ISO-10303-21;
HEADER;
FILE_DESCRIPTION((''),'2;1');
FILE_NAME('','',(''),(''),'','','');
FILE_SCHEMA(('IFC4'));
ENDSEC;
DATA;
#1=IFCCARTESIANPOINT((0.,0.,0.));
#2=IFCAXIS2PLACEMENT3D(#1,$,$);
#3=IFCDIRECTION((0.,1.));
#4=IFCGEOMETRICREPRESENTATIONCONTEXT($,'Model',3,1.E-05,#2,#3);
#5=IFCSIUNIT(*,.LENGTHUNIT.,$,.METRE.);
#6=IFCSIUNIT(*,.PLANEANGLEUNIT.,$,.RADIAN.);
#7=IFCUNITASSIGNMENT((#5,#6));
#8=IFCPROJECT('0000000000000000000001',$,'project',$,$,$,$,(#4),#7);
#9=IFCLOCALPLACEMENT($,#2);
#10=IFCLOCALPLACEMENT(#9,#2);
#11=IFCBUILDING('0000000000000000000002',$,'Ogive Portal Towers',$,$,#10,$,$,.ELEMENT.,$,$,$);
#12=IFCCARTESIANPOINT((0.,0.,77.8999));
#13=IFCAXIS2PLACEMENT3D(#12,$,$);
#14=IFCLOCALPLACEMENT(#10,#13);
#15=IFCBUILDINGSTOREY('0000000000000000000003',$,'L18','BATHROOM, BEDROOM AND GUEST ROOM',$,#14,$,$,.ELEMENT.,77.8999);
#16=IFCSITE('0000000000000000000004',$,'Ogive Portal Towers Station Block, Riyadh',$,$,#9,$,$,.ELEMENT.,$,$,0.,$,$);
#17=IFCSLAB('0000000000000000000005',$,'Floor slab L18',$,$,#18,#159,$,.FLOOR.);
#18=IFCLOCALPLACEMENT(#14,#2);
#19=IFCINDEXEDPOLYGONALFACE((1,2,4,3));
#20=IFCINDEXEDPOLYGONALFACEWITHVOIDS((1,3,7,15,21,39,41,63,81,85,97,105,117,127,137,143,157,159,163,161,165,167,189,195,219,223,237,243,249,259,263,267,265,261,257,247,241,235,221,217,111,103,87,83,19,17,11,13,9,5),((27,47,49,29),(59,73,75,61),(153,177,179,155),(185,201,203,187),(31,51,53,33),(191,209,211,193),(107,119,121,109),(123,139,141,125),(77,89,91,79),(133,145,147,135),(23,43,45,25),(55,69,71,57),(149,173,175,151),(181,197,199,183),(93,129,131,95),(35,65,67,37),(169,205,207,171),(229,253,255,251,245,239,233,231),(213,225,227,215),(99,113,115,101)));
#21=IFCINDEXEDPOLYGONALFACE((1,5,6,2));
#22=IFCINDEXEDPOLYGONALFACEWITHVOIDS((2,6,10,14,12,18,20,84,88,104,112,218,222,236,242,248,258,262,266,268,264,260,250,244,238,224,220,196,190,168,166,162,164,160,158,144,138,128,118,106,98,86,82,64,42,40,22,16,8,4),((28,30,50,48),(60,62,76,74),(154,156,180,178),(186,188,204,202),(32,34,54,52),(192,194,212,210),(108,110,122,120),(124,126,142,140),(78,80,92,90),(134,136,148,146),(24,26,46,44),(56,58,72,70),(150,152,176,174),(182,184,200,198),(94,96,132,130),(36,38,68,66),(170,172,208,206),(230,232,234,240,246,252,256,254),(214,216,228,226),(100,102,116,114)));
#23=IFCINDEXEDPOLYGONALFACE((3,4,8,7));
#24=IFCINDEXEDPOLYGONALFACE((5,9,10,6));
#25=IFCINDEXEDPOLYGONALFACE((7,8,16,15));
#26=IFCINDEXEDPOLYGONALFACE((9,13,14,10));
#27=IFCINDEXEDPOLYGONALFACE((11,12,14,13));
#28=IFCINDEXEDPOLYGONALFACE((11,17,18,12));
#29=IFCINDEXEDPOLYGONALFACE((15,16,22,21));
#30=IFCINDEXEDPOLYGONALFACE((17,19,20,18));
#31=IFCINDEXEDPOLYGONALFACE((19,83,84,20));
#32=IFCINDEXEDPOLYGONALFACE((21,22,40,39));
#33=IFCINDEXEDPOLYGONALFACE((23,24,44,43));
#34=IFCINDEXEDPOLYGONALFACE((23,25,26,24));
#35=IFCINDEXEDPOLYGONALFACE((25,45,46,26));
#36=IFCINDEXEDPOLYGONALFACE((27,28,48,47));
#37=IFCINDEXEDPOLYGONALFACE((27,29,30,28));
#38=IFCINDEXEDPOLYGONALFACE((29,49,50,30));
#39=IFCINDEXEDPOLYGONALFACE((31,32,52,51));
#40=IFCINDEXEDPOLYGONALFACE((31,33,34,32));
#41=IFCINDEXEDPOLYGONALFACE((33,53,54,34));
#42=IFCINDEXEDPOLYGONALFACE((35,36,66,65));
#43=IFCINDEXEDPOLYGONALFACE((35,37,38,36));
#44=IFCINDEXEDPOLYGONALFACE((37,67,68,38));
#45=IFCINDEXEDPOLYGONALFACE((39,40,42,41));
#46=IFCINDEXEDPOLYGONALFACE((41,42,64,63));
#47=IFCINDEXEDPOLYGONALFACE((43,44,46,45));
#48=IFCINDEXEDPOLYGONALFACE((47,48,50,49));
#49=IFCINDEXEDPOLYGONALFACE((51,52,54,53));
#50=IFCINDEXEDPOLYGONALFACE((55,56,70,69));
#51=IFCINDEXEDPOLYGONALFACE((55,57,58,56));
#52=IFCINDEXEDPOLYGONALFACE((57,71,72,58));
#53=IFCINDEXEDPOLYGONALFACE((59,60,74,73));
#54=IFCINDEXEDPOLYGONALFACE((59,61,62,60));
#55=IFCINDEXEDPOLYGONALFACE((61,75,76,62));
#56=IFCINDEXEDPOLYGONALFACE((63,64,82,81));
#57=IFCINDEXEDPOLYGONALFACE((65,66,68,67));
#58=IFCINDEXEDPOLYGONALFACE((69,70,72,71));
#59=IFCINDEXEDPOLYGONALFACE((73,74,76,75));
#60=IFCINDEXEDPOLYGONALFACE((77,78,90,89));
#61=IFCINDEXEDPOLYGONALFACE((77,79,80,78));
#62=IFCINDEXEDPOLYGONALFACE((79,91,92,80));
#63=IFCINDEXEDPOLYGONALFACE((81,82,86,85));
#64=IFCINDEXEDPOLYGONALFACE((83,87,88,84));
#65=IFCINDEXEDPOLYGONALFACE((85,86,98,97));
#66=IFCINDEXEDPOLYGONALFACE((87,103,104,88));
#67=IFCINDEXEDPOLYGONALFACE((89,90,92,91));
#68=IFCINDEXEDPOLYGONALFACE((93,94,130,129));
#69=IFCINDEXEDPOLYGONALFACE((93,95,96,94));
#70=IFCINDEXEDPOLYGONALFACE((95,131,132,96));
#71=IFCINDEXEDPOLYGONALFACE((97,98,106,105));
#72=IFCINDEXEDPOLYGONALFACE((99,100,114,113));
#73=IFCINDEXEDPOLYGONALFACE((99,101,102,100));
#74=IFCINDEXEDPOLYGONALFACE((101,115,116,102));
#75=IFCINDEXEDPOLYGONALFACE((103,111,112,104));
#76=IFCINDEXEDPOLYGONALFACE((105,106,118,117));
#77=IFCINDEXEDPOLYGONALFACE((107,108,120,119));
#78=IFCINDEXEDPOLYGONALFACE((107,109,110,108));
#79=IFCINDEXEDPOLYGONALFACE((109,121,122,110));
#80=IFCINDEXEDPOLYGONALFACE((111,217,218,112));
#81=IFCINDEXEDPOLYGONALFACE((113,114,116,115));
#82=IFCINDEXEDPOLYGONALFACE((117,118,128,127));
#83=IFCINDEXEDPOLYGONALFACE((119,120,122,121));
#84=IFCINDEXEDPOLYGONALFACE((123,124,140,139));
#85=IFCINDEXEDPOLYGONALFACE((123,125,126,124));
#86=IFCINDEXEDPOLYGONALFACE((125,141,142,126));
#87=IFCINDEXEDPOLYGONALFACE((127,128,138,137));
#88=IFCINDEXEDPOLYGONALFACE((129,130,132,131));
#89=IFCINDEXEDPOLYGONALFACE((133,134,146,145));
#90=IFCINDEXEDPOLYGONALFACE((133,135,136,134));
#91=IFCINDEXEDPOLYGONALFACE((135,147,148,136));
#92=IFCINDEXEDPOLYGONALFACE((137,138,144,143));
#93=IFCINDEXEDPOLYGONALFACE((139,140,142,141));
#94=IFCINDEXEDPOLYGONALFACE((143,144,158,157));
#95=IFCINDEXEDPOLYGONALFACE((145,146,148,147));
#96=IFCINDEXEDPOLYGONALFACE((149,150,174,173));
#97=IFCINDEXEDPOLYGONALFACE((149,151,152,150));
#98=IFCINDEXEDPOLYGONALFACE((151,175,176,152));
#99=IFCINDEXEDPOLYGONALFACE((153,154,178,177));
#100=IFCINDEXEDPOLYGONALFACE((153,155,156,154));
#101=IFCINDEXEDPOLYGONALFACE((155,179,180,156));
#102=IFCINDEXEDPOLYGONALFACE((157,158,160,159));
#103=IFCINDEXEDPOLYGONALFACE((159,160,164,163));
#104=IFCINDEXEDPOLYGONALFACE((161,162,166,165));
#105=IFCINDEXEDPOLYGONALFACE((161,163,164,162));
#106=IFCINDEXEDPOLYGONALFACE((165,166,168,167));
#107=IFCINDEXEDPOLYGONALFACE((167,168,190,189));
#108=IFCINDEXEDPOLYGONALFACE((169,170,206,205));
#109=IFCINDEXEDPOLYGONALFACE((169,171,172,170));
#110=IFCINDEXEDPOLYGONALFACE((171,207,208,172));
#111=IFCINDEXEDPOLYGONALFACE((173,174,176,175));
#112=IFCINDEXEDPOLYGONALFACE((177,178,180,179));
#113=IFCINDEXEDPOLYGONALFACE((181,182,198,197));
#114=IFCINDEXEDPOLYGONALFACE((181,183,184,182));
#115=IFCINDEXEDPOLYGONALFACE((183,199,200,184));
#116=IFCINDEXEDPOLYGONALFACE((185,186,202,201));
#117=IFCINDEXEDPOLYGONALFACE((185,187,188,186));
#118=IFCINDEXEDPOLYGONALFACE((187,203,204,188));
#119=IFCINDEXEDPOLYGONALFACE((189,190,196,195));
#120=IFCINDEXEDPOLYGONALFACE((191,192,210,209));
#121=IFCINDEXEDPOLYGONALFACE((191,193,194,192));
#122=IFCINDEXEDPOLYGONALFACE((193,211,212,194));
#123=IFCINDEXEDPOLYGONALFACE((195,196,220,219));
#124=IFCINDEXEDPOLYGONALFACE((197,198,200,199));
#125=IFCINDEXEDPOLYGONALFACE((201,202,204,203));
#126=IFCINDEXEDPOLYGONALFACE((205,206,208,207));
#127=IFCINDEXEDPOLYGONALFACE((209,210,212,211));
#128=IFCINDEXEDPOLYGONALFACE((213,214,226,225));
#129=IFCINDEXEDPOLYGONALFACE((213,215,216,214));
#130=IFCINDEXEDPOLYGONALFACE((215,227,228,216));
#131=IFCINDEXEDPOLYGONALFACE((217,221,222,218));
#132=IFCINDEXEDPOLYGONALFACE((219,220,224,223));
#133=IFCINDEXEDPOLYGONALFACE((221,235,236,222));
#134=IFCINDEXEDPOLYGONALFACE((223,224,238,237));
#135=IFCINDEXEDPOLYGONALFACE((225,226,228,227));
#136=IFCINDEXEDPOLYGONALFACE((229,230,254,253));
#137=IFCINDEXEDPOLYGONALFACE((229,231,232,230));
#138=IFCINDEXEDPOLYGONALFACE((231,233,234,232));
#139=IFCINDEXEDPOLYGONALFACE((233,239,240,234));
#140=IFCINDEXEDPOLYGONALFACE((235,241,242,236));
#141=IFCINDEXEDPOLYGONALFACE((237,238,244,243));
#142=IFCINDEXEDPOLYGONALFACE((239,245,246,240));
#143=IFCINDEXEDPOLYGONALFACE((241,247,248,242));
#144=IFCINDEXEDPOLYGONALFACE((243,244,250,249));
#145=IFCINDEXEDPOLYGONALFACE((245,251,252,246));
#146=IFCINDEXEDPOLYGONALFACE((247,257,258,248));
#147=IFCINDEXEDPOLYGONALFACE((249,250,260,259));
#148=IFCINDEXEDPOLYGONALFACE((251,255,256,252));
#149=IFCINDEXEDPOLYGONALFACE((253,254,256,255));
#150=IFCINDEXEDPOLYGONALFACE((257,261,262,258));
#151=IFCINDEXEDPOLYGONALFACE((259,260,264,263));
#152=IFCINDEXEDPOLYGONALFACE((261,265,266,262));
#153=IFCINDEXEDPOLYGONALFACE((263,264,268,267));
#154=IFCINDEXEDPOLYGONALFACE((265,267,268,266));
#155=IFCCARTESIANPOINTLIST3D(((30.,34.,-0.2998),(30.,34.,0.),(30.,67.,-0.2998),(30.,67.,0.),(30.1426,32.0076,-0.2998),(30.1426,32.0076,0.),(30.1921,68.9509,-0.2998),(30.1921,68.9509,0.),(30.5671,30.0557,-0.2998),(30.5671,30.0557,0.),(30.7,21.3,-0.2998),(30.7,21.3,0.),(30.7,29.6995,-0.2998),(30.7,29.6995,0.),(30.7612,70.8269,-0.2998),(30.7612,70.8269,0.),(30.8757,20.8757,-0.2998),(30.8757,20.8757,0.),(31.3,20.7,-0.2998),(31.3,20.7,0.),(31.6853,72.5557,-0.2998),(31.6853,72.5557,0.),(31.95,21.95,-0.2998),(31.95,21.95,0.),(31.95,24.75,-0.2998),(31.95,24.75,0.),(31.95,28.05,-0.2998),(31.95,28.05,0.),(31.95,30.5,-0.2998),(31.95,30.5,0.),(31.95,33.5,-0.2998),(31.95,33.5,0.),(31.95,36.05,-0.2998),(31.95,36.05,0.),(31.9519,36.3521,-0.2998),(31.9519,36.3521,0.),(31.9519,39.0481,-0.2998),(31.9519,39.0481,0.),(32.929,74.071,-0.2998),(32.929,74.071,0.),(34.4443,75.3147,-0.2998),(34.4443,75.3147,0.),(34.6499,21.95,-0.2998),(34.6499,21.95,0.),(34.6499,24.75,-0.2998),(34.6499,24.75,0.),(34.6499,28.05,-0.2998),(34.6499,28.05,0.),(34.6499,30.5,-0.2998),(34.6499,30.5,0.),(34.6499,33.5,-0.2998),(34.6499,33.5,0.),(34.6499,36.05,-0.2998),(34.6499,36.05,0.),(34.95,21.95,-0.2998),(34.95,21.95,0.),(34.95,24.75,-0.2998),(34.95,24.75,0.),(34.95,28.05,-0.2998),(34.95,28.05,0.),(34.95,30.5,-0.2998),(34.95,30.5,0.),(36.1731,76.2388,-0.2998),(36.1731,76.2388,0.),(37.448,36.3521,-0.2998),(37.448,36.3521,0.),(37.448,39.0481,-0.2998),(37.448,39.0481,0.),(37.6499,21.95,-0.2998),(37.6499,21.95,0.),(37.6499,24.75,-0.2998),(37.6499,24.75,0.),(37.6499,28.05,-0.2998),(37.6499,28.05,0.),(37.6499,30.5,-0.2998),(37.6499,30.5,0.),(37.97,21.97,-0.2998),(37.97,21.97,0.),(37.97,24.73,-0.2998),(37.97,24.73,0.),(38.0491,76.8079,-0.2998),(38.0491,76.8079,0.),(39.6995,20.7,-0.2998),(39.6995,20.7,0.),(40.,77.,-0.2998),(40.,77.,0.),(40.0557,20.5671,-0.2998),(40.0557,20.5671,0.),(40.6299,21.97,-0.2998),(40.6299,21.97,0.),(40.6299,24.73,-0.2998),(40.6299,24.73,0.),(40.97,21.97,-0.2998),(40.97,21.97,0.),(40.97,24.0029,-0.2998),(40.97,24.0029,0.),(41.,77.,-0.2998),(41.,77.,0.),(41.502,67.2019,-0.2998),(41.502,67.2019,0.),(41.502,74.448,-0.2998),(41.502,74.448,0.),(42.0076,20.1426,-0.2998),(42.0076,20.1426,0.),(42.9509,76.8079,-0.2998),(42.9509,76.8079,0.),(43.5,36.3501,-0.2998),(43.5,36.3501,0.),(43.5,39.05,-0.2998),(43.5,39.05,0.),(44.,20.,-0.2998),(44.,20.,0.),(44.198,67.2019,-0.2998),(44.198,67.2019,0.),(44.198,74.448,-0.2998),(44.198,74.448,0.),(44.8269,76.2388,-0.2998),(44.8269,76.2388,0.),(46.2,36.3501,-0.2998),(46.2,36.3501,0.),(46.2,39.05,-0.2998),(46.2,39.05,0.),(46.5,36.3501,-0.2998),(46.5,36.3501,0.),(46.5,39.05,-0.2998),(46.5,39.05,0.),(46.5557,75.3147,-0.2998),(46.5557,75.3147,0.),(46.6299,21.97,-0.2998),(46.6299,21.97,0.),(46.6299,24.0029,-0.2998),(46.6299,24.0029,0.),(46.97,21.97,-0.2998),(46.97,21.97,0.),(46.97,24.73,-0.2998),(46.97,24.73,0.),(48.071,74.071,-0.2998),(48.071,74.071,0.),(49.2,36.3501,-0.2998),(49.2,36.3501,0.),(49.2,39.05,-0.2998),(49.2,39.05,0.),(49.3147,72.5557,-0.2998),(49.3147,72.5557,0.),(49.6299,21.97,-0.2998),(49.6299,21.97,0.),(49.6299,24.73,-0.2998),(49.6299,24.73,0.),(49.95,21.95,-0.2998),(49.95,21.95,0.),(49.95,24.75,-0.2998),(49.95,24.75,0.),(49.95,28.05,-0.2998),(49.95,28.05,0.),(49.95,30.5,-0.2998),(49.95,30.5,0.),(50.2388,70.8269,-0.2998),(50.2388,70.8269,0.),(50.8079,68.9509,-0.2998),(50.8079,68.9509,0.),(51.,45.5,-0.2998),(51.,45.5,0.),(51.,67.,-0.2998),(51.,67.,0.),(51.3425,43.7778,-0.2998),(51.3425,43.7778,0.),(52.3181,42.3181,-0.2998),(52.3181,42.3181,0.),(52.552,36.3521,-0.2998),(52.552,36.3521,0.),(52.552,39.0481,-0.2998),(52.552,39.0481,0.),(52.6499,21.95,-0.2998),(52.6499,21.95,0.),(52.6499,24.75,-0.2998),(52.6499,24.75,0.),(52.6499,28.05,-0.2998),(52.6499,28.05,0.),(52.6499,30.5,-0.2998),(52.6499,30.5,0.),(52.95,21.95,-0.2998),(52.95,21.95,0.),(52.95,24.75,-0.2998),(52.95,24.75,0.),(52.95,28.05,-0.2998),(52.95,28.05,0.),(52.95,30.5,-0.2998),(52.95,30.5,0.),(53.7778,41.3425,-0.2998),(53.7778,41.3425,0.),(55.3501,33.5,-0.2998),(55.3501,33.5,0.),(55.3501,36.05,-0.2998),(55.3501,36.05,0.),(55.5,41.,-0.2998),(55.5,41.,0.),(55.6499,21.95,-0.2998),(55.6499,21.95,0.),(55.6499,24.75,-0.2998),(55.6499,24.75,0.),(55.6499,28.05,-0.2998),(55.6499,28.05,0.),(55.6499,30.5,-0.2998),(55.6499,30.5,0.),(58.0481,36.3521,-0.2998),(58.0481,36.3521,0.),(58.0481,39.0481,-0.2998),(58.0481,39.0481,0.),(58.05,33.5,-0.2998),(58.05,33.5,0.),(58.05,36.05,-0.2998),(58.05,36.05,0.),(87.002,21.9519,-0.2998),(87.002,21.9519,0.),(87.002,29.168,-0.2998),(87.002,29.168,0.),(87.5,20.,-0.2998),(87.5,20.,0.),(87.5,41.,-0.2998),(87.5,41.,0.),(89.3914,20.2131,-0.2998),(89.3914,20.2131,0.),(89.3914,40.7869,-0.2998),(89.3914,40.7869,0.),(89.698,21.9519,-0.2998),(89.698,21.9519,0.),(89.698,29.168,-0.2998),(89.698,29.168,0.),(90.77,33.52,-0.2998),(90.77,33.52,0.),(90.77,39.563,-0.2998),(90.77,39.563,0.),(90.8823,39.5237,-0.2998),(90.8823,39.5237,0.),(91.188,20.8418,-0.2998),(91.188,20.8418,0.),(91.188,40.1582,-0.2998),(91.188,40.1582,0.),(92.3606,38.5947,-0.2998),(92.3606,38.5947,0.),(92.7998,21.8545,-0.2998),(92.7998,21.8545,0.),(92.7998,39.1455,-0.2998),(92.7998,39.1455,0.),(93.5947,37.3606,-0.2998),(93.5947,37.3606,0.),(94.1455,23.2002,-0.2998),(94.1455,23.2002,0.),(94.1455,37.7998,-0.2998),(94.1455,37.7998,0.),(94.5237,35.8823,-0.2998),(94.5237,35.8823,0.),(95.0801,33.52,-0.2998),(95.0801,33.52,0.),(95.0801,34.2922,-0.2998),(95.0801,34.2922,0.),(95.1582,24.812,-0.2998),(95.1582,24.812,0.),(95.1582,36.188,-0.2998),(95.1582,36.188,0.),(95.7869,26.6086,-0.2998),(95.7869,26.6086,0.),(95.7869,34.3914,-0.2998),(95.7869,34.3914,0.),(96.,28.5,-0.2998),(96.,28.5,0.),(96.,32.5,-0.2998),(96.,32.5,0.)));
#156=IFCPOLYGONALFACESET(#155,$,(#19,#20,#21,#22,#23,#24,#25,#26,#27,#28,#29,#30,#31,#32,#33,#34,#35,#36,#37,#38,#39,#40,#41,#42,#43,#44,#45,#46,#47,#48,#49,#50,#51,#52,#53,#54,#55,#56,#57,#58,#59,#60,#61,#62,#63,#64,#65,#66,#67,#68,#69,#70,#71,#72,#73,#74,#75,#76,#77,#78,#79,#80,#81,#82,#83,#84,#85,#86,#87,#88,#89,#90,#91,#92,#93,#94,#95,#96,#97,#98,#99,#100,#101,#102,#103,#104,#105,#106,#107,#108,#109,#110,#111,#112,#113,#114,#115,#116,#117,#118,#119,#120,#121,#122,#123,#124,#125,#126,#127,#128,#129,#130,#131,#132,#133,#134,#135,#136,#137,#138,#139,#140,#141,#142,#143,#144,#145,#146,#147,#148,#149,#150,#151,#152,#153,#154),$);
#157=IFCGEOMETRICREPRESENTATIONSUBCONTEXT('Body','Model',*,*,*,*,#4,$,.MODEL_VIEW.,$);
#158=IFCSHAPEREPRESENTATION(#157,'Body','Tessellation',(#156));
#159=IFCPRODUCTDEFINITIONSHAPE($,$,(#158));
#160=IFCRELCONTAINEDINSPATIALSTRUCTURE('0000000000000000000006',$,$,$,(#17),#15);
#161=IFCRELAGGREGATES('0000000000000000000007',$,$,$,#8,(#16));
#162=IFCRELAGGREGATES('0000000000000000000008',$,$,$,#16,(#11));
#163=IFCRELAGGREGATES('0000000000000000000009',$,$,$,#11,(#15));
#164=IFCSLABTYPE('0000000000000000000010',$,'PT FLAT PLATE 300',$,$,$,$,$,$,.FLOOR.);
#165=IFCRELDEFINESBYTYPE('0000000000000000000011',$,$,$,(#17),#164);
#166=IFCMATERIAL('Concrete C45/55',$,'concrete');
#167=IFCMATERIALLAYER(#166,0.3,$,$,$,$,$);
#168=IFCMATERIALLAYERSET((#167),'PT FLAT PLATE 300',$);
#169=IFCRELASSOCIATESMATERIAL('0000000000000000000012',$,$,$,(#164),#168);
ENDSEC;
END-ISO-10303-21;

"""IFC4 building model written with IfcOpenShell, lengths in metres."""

from ifc_helpers import new_model, si_unit, direction, frame, origin, place, context, subcontext, project, spatial, polyline, outline, extrude, material, layer, layer_set, type_object, element, save


model = new_model("IFC4")

# Units and contexts
model_context = context("Model", 3, precision=1e-05, world=origin(), true_north=direction((0.0, 1.0)))
body_context = subcontext(model_context, "Body", "Model", "MODEL_VIEW")
ifc_project = project(units=[si_unit("LENGTHUNIT", "METRE"), si_unit("PLANEANGLEUNIT", "RADIAN")], contexts=[model_context])

# Site, building, storey
site_placement = place(None, origin())
site = spatial("IfcSite", under=ifc_project, at=site_placement, Name="Ogive Portal Towers Station Block, Riyadh", CompositionType="ELEMENT", RefElevation=0.0)
building_placement = place(site_placement, origin())
building = spatial("IfcBuilding", under=site, at=building_placement, Name="Ogive Portal Towers", CompositionType="ELEMENT")
storey_placement = place(building_placement, frame((0.0, 0.0, 77.8999)))
storey = spatial("IfcBuildingStorey", under=building, at=storey_placement, Name="L18", Description="BATHROOM, BEDROOM AND GUEST ROOM", CompositionType="ELEMENT", Elevation=77.8999)

# Slab
ifc_material_1 = material(Name="Concrete C45/55", Category="concrete")
ifc_layer_1 = layer(ifc_material_1, 0.3)
ifc_layer_set_1 = layer_set([ifc_layer_1], Name="PT FLAT PLATE 300")
slab_type_1 = type_object("IfcSlabType", Name="PT FLAT PLATE 300", PredefinedType="FLOOR", material=ifc_layer_set_1)
slab_1_placement = place(storey_placement, frame((0.0, 0.0, -0.2998)))
element("IfcSlab", 1, at=slab_1_placement, inside=storey, type_object=slab_type_1, Name="Floor slab L18", PredefinedType="FLOOR", context=body_context, shape_type="SweptSolid", body=[
    extrude(outline(polyline([(30.1426, 32.0076), (30.5671, 30.0557), (30.7, 29.6995), (30.7, 21.3), (30.8757, 20.8757), (31.3, 20.7), (39.6995, 20.7), (40.0557, 20.5671), (42.0076, 20.1426), (44.0, 20.0), (87.5, 20.0), (89.3914, 20.2131), (91.188, 20.8418), (92.7998, 21.8545), (94.1455, 23.2002), (95.1582, 24.812), (95.7869, 26.6086), (96.0, 28.5), (96.0, 32.5), (95.7869, 34.3914), (95.1582, 36.188), (94.1455, 37.7998), (92.7998, 39.1455), (91.188, 40.1582), (89.3914, 40.7869), (87.5, 41.0), (55.5, 41.0), (53.7778, 41.3425), (52.3181, 42.3181), (51.3425, 43.7778), (51.0, 45.5), (51.0, 67.0), (50.8079, 68.9509), (50.2388, 70.8269), (49.3147, 72.5557), (48.071, 74.071), (46.5557, 75.3147), (44.8269, 76.2388), (42.9509, 76.8079), (41.0, 77.0), (40.0, 77.0), (38.0491, 76.8079), (36.1731, 76.2388), (34.4443, 75.3147), (32.929, 74.071), (31.6853, 72.5557), (30.7612, 70.8269), (30.1921, 68.9509), (30.0, 67.0), (30.0, 34.0), (30.1426, 32.0076)]), holes=[polyline([(46.6299, 21.97), (40.97, 21.97), (40.97, 24.0029), (46.6299, 24.0029), (46.6299, 21.97)]), polyline([(34.6499, 24.75), (34.6499, 21.95), (31.95, 21.95), (31.95, 24.75), (34.6499, 24.75)]), polyline([(37.6499, 24.75), (37.6499, 21.95), (34.95, 21.95), (34.95, 24.75), (37.6499, 24.75)]), polyline([(37.97, 21.97), (37.97, 24.73), (40.6299, 24.73), (40.6299, 21.97), (37.97, 21.97)]), polyline([(34.6499, 28.05), (31.95, 28.05), (31.95, 30.5), (34.6499, 30.5), (34.6499, 28.05)]), polyline([(37.6499, 30.5), (37.6499, 28.05), (34.95, 28.05), (34.95, 30.5), (37.6499, 30.5)]), polyline([(34.6499, 33.5), (31.95, 33.5), (31.95, 36.05), (34.6499, 36.05), (34.6499, 33.5)]), polyline([(37.448, 39.0481), (37.448, 36.3521), (31.9519, 36.3521), (31.9519, 39.0481), (37.448, 39.0481)]), polyline([(46.2, 39.05), (46.2, 36.3501), (43.5, 36.3501), (43.5, 39.05), (46.2, 39.05)]), polyline([(49.2, 36.3501), (46.5, 36.3501), (46.5, 39.05), (49.2, 39.05), (49.2, 36.3501)]), polyline([(44.198, 67.2019), (41.502, 67.2019), (41.502, 74.448), (44.198, 74.448), (44.198, 67.2019)]), polyline([(49.6299, 21.97), (46.97, 21.97), (46.97, 24.73), (49.6299, 24.73), (49.6299, 21.97)]), polyline([(52.6499, 24.75), (52.6499, 21.95), (49.95, 21.95), (49.95, 24.75), (52.6499, 24.75)]), polyline([(55.6499, 21.95), (52.95, 21.95), (52.95, 24.75), (55.6499, 24.75), (55.6499, 21.95)]), polyline([(87.002, 29.168), (89.698, 29.168), (89.698, 21.9519), (87.002, 21.9519), (87.002, 29.168)]), polyline([(52.6499, 30.5), (52.6499, 28.05), (49.95, 28.05), (49.95, 30.5), (52.6499, 30.5)]), polyline([(55.6499, 28.05), (52.95, 28.05), (52.95, 30.5), (55.6499, 30.5), (55.6499, 28.05)]), polyline([(58.05, 36.05), (58.05, 33.5), (55.3501, 33.5), (55.3501, 36.05), (58.05, 36.05)]), polyline([(94.5237, 35.8823), (95.0801, 34.2922), (95.0801, 33.52), (90.77, 33.52), (90.77, 39.563), (90.8823, 39.5237), (92.3606, 38.5947), (93.5947, 37.3606), (94.5237, 35.8823)]), polyline([(52.552, 36.3521), (52.552, 39.0481), (58.0481, 39.0481), (58.0481, 36.3521), (52.552, 36.3521)])]), origin(), (0.0, 0.0, 1.0), 0.2998),
])

save(model, "model.ifc")
